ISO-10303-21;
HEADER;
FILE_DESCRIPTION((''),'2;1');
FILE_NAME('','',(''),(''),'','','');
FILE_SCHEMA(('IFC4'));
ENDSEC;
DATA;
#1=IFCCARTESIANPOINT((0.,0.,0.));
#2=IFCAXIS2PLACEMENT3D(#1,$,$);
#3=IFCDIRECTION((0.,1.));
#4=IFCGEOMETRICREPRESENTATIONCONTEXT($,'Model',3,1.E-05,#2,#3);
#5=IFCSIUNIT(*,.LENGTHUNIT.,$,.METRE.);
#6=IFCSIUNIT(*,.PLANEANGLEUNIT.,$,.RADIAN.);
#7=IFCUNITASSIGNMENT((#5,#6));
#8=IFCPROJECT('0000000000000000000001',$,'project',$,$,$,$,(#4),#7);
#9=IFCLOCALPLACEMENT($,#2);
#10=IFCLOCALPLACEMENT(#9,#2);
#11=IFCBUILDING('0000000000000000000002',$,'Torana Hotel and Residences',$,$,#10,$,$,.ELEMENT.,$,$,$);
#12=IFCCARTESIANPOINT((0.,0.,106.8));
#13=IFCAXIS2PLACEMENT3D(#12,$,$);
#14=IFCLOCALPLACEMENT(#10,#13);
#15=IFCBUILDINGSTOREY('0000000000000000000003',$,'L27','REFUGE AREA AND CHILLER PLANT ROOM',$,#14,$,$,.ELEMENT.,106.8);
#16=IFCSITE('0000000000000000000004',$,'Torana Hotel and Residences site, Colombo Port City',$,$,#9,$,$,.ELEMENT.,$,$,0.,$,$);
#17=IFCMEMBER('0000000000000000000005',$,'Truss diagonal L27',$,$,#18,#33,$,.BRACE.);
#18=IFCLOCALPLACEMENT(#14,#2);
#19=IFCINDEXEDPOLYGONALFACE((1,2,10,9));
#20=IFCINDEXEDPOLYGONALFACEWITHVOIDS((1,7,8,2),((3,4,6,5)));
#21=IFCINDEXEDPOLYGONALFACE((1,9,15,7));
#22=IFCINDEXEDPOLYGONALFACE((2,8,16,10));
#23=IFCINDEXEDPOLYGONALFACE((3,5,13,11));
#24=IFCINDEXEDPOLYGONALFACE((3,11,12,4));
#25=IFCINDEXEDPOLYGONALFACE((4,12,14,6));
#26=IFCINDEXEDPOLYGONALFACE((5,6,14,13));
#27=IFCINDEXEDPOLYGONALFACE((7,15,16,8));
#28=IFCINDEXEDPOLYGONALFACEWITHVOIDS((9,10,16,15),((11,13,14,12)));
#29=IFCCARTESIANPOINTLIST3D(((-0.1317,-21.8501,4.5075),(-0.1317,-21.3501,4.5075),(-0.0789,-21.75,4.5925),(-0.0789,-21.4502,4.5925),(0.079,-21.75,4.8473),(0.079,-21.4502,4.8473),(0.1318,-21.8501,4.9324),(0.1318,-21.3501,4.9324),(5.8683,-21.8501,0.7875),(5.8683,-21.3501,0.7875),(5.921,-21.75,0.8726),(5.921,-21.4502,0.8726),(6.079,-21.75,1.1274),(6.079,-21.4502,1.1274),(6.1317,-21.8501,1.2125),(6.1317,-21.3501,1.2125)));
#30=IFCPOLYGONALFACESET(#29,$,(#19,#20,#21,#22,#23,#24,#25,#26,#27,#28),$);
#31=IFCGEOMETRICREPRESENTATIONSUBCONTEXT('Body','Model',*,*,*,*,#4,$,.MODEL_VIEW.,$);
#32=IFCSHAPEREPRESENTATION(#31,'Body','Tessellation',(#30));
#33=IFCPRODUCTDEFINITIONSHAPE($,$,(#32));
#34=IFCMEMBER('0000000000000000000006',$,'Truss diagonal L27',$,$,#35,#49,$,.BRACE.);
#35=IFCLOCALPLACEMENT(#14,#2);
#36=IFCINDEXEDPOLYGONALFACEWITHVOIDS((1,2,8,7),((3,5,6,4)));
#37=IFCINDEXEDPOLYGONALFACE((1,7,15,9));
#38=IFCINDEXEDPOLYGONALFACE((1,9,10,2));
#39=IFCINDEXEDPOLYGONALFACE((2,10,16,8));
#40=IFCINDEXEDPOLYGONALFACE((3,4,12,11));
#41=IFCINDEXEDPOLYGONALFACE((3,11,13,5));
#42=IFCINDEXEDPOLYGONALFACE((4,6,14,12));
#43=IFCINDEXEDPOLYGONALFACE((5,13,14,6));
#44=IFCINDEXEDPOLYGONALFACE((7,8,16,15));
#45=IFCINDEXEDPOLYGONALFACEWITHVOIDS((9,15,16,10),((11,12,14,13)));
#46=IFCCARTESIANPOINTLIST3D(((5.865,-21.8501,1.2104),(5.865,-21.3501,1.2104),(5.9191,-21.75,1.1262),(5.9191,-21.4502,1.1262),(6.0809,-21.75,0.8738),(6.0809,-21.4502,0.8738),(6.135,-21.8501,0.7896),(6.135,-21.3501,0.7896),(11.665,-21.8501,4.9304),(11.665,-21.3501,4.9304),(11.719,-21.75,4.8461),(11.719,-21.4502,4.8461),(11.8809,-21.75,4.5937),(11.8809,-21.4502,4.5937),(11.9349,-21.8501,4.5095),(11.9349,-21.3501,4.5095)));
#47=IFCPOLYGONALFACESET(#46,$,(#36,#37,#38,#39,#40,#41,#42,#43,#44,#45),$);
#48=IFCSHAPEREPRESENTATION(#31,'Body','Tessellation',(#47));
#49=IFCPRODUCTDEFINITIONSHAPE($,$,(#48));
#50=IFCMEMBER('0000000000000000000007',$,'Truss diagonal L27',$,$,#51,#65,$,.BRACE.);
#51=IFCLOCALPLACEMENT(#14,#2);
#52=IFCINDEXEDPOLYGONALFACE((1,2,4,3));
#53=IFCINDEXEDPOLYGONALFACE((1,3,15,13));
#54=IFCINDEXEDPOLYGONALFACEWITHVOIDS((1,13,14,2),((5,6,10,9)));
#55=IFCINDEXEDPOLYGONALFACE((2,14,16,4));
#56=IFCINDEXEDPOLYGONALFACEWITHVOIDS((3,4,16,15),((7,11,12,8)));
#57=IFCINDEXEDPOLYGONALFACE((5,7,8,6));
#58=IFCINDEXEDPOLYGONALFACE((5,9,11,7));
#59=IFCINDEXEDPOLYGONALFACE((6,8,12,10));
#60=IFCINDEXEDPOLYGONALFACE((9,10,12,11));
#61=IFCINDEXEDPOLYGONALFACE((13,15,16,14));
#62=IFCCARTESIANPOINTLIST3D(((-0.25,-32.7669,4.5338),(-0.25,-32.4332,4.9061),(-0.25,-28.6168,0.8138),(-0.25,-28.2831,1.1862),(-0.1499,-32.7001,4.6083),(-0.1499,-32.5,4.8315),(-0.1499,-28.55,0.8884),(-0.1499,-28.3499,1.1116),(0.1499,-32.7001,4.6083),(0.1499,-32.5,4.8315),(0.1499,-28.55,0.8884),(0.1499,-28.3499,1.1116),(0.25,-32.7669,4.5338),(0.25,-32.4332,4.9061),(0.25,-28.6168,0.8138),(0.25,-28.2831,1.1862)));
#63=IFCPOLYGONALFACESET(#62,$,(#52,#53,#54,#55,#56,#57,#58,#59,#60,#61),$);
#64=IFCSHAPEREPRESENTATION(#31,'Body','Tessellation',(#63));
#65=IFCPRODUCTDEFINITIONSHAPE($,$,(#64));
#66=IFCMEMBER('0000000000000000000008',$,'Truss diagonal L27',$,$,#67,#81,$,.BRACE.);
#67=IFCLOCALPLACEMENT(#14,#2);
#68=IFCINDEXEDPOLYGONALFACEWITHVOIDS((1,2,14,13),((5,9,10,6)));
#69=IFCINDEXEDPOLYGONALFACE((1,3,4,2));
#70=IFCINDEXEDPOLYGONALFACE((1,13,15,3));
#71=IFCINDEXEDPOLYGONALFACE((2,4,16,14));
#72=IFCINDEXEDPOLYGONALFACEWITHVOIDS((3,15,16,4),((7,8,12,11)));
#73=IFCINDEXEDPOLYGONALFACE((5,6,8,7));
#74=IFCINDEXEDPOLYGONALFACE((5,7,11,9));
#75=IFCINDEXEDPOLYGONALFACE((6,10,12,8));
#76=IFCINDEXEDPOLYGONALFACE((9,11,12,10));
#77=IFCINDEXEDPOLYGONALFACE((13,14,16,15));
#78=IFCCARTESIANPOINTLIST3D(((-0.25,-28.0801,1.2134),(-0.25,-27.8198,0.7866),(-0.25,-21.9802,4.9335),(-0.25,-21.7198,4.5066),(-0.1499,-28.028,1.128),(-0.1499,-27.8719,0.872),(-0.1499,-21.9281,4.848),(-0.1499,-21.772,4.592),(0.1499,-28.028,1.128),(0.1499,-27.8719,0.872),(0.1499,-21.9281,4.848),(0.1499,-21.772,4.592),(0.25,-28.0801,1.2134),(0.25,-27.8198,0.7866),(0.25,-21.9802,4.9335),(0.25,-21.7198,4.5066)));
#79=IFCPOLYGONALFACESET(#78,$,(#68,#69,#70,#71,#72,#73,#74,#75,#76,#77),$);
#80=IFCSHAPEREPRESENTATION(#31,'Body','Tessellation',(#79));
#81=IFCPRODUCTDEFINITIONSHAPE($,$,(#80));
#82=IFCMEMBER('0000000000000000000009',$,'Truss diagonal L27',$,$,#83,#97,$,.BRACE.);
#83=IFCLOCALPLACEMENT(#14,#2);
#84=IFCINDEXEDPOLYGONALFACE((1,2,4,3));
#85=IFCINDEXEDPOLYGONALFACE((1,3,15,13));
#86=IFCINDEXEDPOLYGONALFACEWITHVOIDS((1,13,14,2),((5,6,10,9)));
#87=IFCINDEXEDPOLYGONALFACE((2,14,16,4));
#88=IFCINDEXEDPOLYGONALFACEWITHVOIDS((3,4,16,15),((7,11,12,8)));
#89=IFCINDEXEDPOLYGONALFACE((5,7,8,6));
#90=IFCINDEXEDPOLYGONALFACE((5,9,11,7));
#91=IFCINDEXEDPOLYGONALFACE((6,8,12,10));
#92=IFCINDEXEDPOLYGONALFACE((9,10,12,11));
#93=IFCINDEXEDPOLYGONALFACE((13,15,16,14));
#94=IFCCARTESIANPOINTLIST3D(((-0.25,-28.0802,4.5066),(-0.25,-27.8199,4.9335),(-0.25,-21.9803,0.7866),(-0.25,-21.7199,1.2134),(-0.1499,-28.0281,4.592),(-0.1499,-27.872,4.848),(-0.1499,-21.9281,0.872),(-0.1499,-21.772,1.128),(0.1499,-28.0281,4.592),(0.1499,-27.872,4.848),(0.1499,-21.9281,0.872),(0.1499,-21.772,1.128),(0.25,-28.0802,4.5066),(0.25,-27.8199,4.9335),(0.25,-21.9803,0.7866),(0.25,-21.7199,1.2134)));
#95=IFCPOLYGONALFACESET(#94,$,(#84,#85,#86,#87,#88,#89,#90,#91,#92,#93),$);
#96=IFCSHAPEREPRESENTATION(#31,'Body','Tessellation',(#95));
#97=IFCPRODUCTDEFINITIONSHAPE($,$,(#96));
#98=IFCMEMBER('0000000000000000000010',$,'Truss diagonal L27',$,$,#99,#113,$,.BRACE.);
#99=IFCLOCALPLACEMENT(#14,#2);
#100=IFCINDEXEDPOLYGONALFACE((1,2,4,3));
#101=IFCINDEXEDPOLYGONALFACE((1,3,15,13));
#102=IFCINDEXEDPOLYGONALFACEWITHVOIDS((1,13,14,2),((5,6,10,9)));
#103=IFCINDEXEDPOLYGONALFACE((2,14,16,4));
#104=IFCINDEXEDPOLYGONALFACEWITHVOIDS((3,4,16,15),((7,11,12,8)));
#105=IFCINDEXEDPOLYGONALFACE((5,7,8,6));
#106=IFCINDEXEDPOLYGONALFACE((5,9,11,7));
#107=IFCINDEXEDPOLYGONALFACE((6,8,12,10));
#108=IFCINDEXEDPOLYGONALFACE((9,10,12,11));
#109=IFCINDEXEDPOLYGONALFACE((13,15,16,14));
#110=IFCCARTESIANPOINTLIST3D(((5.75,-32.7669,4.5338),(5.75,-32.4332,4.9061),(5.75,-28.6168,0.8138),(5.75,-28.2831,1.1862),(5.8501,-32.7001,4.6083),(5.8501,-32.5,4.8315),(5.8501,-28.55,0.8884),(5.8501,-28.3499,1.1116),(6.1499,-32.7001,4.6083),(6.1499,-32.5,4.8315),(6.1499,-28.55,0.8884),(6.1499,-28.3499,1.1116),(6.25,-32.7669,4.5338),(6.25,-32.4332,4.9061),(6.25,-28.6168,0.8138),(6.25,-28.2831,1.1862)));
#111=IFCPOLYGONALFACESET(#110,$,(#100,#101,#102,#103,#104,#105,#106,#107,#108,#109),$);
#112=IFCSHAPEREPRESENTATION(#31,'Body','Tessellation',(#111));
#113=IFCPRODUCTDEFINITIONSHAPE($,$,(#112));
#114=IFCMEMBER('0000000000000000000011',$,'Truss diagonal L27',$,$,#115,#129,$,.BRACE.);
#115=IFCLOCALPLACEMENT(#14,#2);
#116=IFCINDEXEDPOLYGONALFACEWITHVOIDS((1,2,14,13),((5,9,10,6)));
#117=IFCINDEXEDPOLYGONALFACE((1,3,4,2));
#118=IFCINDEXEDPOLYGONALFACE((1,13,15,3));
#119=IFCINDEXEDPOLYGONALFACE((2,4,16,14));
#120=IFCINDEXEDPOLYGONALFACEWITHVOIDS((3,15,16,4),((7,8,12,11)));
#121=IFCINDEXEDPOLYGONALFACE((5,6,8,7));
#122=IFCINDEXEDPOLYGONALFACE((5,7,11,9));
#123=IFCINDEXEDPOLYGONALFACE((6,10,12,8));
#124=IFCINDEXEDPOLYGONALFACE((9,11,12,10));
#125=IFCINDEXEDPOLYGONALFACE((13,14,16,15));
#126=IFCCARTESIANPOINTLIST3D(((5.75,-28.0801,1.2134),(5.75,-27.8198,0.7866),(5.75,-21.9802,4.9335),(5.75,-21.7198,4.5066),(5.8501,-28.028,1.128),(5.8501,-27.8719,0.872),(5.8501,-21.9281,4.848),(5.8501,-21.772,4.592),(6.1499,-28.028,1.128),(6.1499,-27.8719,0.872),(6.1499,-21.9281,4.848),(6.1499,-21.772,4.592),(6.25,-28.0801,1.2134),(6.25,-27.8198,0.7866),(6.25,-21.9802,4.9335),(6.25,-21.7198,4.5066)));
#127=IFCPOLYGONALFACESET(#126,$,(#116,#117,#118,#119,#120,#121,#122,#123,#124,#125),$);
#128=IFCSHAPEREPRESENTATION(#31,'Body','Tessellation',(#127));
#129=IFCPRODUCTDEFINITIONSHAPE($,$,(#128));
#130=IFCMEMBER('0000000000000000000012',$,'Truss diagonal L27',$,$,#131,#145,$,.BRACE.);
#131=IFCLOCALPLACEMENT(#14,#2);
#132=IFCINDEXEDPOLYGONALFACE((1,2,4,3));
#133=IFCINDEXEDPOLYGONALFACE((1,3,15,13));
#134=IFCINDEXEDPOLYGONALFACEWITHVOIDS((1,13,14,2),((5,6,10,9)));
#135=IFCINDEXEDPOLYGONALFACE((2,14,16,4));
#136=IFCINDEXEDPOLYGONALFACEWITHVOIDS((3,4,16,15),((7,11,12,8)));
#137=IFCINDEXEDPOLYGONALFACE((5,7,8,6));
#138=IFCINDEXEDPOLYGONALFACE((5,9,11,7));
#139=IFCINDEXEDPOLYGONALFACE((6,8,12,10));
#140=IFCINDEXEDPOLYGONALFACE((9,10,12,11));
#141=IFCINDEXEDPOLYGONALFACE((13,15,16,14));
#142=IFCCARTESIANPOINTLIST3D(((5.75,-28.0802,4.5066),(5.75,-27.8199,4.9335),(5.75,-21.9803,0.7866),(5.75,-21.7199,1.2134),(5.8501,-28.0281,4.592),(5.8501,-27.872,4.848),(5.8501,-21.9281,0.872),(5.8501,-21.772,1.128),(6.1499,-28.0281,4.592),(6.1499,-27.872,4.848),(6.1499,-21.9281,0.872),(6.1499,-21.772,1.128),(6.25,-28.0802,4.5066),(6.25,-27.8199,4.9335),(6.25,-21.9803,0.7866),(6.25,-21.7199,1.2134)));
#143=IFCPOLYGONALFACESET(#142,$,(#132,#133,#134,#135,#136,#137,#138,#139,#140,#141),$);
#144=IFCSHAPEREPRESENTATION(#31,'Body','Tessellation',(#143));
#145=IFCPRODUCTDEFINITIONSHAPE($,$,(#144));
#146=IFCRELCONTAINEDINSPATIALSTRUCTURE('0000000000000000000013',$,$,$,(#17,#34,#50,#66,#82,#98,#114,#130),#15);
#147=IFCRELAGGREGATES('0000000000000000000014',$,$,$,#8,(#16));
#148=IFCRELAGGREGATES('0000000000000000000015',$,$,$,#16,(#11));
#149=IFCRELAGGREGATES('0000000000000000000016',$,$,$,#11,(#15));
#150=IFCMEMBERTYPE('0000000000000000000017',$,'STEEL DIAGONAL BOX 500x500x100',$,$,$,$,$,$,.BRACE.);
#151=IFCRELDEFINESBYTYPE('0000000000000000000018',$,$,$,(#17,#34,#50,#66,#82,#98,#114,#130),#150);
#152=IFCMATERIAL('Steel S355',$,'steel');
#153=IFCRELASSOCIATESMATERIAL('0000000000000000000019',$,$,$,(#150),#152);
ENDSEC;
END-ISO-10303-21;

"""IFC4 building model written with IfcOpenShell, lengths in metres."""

from ifc_helpers import new_model, si_unit, direction, frame, origin, origin_2d, place, context, subcontext, project, spatial, hollow_rectangle, extrude, material, material_profile, profile_set, type_object, element, save


model = new_model("IFC4")

# Units and contexts
model_context = context("Model", 3, precision=1e-05, world=origin(), true_north=direction((0.0, 1.0)))
body_context = subcontext(model_context, "Body", "Model", "MODEL_VIEW")
ifc_project = project(units=[si_unit("LENGTHUNIT", "METRE"), si_unit("PLANEANGLEUNIT", "RADIAN")], contexts=[model_context])

# Site, building, storey
site_placement = place(None, origin())
site = spatial("IfcSite", under=ifc_project, at=site_placement, Name="Torana Hotel and Residences site, Colombo Port City", CompositionType="ELEMENT", RefElevation=0.0)
building_placement = place(site_placement, origin())
building = spatial("IfcBuilding", under=site, at=building_placement, Name="Torana Hotel and Residences", CompositionType="ELEMENT")
storey_placement = place(building_placement, frame((0.0, 0.0, 106.8)))
storey = spatial("IfcBuildingStorey", under=building, at=storey_placement, Name="L27", Description="REFUGE AREA AND CHILLER PLANT ROOM", CompositionType="ELEMENT", Elevation=106.8)

# Members
ifc_material_1 = material(Name="Steel S355", Category="steel")
ifc_material_profile_1 = material_profile(ifc_material_1, hollow_rectangle(XDim=0.5, YDim=0.5, WallThickness=0.1001, at=origin_2d()), Name="BOX 500x500x100")
ifc_profile_set_1 = profile_set([ifc_material_profile_1], Name="Steel S355")
member_type_1 = type_object("IfcMemberType", Name="STEEL DIAGONAL BOX 500x500x100", PredefinedType="BRACE", material=ifc_profile_set_1)
for number, where, z_axis, x_axis, name in (
    (1, (6.0, -21.6001, 1.0), (-0.849905, 0.0, 0.526937), (0.0, -1.0, 0.0), "Truss diagonal L27"),
):
    element("IfcMember", number, at=place(storey_placement, frame(where, z_axis=z_axis, x_axis=x_axis)), inside=storey, type_object=member_type_1, Name=name, PredefinedType="BRACE", context=body_context, shape_type="SweptSolid", body=[
        extrude(hollow_rectangle(XDim=0.5, YDim=0.5, WallThickness=0.1001, at=origin_2d()), origin(), (0.0, 0.0, 1.0), 7.0596),
    ])
member_1_placement = place(storey_placement, frame((6.0, -21.6001, 1.0), z_axis=(0.841748, 0.0, 0.539871), x_axis=(0.0, 1.0, 0.0)))
element("IfcMember", 2, at=member_1_placement, inside=storey, type_object=member_type_1, Name="Truss diagonal L27", PredefinedType="BRACE", context=body_context, shape_type="SweptSolid", body=[
    extrude(hollow_rectangle(XDim=0.5, YDim=0.5, WallThickness=0.1001, at=origin_2d()), origin(), (0.0, 0.0, 1.0), 6.8904),
])
member_2_placement = place(storey_placement, frame((0.0, -28.45, 1.0), z_axis=(0.0, -0.744645, 0.66746), x_axis=(1.0, 0.0, 0.0)))
element("IfcMember", 3, at=member_2_placement, inside=storey, type_object=member_type_1, Name="Truss diagonal L27", PredefinedType="BRACE", context=body_context, shape_type="SweptSolid", body=[
    extrude(hollow_rectangle(XDim=0.5, YDim=0.5, WallThickness=0.1001, at=origin_2d()), origin(), (0.0, 0.0, 1.0), 5.5732),
])
for number, where, z_axis, x_axis, name in (
    (4, (0.0, -27.95, 1.0), (0.0, 0.853762, 0.520663), (-1.0, 0.0, 0.0), "Truss diagonal L27"),
    (5, (0.0, -21.8501, 1.0), (0.0, -0.853762, 0.520663), (1.0, 0.0, 0.0), "Truss diagonal L27"),
):
    element("IfcMember", number, at=place(storey_placement, frame(where, z_axis=z_axis, x_axis=x_axis)), inside=storey, type_object=member_type_1, Name=name, PredefinedType="BRACE", context=body_context, shape_type="SweptSolid", body=[
        extrude(hollow_rectangle(XDim=0.5, YDim=0.5, WallThickness=0.1001, at=origin_2d()), origin(), (0.0, 0.0, 1.0), 7.1448),
    ])
member_3_placement = place(storey_placement, frame((6.0, -28.45, 1.0), z_axis=(0.0, -0.744645, 0.66746), x_axis=(1.0, 0.0, 0.0)))
element("IfcMember", 6, at=member_3_placement, inside=storey, type_object=member_type_1, Name="Truss diagonal L27", PredefinedType="BRACE", context=body_context, shape_type="SweptSolid", body=[
    extrude(hollow_rectangle(XDim=0.5, YDim=0.5, WallThickness=0.1001, at=origin_2d()), origin(), (0.0, 0.0, 1.0), 5.5732),
])
for number, where, z_axis, x_axis, name in (
    (7, (6.0, -27.95, 1.0), (0.0, 0.853762, 0.520663), (-1.0, 0.0, 0.0), "Truss diagonal L27"),
    (8, (6.0, -21.8501, 1.0), (0.0, -0.853762, 0.520663), (1.0, 0.0, 0.0), "Truss diagonal L27"),
):
    element("IfcMember", number, at=place(storey_placement, frame(where, z_axis=z_axis, x_axis=x_axis)), inside=storey, type_object=member_type_1, Name=name, PredefinedType="BRACE", context=body_context, shape_type="SweptSolid", body=[
        extrude(hollow_rectangle(XDim=0.5, YDim=0.5, WallThickness=0.1001, at=origin_2d()), origin(), (0.0, 0.0, 1.0), 7.1448),
    ])

save(model, "model.ifc")
